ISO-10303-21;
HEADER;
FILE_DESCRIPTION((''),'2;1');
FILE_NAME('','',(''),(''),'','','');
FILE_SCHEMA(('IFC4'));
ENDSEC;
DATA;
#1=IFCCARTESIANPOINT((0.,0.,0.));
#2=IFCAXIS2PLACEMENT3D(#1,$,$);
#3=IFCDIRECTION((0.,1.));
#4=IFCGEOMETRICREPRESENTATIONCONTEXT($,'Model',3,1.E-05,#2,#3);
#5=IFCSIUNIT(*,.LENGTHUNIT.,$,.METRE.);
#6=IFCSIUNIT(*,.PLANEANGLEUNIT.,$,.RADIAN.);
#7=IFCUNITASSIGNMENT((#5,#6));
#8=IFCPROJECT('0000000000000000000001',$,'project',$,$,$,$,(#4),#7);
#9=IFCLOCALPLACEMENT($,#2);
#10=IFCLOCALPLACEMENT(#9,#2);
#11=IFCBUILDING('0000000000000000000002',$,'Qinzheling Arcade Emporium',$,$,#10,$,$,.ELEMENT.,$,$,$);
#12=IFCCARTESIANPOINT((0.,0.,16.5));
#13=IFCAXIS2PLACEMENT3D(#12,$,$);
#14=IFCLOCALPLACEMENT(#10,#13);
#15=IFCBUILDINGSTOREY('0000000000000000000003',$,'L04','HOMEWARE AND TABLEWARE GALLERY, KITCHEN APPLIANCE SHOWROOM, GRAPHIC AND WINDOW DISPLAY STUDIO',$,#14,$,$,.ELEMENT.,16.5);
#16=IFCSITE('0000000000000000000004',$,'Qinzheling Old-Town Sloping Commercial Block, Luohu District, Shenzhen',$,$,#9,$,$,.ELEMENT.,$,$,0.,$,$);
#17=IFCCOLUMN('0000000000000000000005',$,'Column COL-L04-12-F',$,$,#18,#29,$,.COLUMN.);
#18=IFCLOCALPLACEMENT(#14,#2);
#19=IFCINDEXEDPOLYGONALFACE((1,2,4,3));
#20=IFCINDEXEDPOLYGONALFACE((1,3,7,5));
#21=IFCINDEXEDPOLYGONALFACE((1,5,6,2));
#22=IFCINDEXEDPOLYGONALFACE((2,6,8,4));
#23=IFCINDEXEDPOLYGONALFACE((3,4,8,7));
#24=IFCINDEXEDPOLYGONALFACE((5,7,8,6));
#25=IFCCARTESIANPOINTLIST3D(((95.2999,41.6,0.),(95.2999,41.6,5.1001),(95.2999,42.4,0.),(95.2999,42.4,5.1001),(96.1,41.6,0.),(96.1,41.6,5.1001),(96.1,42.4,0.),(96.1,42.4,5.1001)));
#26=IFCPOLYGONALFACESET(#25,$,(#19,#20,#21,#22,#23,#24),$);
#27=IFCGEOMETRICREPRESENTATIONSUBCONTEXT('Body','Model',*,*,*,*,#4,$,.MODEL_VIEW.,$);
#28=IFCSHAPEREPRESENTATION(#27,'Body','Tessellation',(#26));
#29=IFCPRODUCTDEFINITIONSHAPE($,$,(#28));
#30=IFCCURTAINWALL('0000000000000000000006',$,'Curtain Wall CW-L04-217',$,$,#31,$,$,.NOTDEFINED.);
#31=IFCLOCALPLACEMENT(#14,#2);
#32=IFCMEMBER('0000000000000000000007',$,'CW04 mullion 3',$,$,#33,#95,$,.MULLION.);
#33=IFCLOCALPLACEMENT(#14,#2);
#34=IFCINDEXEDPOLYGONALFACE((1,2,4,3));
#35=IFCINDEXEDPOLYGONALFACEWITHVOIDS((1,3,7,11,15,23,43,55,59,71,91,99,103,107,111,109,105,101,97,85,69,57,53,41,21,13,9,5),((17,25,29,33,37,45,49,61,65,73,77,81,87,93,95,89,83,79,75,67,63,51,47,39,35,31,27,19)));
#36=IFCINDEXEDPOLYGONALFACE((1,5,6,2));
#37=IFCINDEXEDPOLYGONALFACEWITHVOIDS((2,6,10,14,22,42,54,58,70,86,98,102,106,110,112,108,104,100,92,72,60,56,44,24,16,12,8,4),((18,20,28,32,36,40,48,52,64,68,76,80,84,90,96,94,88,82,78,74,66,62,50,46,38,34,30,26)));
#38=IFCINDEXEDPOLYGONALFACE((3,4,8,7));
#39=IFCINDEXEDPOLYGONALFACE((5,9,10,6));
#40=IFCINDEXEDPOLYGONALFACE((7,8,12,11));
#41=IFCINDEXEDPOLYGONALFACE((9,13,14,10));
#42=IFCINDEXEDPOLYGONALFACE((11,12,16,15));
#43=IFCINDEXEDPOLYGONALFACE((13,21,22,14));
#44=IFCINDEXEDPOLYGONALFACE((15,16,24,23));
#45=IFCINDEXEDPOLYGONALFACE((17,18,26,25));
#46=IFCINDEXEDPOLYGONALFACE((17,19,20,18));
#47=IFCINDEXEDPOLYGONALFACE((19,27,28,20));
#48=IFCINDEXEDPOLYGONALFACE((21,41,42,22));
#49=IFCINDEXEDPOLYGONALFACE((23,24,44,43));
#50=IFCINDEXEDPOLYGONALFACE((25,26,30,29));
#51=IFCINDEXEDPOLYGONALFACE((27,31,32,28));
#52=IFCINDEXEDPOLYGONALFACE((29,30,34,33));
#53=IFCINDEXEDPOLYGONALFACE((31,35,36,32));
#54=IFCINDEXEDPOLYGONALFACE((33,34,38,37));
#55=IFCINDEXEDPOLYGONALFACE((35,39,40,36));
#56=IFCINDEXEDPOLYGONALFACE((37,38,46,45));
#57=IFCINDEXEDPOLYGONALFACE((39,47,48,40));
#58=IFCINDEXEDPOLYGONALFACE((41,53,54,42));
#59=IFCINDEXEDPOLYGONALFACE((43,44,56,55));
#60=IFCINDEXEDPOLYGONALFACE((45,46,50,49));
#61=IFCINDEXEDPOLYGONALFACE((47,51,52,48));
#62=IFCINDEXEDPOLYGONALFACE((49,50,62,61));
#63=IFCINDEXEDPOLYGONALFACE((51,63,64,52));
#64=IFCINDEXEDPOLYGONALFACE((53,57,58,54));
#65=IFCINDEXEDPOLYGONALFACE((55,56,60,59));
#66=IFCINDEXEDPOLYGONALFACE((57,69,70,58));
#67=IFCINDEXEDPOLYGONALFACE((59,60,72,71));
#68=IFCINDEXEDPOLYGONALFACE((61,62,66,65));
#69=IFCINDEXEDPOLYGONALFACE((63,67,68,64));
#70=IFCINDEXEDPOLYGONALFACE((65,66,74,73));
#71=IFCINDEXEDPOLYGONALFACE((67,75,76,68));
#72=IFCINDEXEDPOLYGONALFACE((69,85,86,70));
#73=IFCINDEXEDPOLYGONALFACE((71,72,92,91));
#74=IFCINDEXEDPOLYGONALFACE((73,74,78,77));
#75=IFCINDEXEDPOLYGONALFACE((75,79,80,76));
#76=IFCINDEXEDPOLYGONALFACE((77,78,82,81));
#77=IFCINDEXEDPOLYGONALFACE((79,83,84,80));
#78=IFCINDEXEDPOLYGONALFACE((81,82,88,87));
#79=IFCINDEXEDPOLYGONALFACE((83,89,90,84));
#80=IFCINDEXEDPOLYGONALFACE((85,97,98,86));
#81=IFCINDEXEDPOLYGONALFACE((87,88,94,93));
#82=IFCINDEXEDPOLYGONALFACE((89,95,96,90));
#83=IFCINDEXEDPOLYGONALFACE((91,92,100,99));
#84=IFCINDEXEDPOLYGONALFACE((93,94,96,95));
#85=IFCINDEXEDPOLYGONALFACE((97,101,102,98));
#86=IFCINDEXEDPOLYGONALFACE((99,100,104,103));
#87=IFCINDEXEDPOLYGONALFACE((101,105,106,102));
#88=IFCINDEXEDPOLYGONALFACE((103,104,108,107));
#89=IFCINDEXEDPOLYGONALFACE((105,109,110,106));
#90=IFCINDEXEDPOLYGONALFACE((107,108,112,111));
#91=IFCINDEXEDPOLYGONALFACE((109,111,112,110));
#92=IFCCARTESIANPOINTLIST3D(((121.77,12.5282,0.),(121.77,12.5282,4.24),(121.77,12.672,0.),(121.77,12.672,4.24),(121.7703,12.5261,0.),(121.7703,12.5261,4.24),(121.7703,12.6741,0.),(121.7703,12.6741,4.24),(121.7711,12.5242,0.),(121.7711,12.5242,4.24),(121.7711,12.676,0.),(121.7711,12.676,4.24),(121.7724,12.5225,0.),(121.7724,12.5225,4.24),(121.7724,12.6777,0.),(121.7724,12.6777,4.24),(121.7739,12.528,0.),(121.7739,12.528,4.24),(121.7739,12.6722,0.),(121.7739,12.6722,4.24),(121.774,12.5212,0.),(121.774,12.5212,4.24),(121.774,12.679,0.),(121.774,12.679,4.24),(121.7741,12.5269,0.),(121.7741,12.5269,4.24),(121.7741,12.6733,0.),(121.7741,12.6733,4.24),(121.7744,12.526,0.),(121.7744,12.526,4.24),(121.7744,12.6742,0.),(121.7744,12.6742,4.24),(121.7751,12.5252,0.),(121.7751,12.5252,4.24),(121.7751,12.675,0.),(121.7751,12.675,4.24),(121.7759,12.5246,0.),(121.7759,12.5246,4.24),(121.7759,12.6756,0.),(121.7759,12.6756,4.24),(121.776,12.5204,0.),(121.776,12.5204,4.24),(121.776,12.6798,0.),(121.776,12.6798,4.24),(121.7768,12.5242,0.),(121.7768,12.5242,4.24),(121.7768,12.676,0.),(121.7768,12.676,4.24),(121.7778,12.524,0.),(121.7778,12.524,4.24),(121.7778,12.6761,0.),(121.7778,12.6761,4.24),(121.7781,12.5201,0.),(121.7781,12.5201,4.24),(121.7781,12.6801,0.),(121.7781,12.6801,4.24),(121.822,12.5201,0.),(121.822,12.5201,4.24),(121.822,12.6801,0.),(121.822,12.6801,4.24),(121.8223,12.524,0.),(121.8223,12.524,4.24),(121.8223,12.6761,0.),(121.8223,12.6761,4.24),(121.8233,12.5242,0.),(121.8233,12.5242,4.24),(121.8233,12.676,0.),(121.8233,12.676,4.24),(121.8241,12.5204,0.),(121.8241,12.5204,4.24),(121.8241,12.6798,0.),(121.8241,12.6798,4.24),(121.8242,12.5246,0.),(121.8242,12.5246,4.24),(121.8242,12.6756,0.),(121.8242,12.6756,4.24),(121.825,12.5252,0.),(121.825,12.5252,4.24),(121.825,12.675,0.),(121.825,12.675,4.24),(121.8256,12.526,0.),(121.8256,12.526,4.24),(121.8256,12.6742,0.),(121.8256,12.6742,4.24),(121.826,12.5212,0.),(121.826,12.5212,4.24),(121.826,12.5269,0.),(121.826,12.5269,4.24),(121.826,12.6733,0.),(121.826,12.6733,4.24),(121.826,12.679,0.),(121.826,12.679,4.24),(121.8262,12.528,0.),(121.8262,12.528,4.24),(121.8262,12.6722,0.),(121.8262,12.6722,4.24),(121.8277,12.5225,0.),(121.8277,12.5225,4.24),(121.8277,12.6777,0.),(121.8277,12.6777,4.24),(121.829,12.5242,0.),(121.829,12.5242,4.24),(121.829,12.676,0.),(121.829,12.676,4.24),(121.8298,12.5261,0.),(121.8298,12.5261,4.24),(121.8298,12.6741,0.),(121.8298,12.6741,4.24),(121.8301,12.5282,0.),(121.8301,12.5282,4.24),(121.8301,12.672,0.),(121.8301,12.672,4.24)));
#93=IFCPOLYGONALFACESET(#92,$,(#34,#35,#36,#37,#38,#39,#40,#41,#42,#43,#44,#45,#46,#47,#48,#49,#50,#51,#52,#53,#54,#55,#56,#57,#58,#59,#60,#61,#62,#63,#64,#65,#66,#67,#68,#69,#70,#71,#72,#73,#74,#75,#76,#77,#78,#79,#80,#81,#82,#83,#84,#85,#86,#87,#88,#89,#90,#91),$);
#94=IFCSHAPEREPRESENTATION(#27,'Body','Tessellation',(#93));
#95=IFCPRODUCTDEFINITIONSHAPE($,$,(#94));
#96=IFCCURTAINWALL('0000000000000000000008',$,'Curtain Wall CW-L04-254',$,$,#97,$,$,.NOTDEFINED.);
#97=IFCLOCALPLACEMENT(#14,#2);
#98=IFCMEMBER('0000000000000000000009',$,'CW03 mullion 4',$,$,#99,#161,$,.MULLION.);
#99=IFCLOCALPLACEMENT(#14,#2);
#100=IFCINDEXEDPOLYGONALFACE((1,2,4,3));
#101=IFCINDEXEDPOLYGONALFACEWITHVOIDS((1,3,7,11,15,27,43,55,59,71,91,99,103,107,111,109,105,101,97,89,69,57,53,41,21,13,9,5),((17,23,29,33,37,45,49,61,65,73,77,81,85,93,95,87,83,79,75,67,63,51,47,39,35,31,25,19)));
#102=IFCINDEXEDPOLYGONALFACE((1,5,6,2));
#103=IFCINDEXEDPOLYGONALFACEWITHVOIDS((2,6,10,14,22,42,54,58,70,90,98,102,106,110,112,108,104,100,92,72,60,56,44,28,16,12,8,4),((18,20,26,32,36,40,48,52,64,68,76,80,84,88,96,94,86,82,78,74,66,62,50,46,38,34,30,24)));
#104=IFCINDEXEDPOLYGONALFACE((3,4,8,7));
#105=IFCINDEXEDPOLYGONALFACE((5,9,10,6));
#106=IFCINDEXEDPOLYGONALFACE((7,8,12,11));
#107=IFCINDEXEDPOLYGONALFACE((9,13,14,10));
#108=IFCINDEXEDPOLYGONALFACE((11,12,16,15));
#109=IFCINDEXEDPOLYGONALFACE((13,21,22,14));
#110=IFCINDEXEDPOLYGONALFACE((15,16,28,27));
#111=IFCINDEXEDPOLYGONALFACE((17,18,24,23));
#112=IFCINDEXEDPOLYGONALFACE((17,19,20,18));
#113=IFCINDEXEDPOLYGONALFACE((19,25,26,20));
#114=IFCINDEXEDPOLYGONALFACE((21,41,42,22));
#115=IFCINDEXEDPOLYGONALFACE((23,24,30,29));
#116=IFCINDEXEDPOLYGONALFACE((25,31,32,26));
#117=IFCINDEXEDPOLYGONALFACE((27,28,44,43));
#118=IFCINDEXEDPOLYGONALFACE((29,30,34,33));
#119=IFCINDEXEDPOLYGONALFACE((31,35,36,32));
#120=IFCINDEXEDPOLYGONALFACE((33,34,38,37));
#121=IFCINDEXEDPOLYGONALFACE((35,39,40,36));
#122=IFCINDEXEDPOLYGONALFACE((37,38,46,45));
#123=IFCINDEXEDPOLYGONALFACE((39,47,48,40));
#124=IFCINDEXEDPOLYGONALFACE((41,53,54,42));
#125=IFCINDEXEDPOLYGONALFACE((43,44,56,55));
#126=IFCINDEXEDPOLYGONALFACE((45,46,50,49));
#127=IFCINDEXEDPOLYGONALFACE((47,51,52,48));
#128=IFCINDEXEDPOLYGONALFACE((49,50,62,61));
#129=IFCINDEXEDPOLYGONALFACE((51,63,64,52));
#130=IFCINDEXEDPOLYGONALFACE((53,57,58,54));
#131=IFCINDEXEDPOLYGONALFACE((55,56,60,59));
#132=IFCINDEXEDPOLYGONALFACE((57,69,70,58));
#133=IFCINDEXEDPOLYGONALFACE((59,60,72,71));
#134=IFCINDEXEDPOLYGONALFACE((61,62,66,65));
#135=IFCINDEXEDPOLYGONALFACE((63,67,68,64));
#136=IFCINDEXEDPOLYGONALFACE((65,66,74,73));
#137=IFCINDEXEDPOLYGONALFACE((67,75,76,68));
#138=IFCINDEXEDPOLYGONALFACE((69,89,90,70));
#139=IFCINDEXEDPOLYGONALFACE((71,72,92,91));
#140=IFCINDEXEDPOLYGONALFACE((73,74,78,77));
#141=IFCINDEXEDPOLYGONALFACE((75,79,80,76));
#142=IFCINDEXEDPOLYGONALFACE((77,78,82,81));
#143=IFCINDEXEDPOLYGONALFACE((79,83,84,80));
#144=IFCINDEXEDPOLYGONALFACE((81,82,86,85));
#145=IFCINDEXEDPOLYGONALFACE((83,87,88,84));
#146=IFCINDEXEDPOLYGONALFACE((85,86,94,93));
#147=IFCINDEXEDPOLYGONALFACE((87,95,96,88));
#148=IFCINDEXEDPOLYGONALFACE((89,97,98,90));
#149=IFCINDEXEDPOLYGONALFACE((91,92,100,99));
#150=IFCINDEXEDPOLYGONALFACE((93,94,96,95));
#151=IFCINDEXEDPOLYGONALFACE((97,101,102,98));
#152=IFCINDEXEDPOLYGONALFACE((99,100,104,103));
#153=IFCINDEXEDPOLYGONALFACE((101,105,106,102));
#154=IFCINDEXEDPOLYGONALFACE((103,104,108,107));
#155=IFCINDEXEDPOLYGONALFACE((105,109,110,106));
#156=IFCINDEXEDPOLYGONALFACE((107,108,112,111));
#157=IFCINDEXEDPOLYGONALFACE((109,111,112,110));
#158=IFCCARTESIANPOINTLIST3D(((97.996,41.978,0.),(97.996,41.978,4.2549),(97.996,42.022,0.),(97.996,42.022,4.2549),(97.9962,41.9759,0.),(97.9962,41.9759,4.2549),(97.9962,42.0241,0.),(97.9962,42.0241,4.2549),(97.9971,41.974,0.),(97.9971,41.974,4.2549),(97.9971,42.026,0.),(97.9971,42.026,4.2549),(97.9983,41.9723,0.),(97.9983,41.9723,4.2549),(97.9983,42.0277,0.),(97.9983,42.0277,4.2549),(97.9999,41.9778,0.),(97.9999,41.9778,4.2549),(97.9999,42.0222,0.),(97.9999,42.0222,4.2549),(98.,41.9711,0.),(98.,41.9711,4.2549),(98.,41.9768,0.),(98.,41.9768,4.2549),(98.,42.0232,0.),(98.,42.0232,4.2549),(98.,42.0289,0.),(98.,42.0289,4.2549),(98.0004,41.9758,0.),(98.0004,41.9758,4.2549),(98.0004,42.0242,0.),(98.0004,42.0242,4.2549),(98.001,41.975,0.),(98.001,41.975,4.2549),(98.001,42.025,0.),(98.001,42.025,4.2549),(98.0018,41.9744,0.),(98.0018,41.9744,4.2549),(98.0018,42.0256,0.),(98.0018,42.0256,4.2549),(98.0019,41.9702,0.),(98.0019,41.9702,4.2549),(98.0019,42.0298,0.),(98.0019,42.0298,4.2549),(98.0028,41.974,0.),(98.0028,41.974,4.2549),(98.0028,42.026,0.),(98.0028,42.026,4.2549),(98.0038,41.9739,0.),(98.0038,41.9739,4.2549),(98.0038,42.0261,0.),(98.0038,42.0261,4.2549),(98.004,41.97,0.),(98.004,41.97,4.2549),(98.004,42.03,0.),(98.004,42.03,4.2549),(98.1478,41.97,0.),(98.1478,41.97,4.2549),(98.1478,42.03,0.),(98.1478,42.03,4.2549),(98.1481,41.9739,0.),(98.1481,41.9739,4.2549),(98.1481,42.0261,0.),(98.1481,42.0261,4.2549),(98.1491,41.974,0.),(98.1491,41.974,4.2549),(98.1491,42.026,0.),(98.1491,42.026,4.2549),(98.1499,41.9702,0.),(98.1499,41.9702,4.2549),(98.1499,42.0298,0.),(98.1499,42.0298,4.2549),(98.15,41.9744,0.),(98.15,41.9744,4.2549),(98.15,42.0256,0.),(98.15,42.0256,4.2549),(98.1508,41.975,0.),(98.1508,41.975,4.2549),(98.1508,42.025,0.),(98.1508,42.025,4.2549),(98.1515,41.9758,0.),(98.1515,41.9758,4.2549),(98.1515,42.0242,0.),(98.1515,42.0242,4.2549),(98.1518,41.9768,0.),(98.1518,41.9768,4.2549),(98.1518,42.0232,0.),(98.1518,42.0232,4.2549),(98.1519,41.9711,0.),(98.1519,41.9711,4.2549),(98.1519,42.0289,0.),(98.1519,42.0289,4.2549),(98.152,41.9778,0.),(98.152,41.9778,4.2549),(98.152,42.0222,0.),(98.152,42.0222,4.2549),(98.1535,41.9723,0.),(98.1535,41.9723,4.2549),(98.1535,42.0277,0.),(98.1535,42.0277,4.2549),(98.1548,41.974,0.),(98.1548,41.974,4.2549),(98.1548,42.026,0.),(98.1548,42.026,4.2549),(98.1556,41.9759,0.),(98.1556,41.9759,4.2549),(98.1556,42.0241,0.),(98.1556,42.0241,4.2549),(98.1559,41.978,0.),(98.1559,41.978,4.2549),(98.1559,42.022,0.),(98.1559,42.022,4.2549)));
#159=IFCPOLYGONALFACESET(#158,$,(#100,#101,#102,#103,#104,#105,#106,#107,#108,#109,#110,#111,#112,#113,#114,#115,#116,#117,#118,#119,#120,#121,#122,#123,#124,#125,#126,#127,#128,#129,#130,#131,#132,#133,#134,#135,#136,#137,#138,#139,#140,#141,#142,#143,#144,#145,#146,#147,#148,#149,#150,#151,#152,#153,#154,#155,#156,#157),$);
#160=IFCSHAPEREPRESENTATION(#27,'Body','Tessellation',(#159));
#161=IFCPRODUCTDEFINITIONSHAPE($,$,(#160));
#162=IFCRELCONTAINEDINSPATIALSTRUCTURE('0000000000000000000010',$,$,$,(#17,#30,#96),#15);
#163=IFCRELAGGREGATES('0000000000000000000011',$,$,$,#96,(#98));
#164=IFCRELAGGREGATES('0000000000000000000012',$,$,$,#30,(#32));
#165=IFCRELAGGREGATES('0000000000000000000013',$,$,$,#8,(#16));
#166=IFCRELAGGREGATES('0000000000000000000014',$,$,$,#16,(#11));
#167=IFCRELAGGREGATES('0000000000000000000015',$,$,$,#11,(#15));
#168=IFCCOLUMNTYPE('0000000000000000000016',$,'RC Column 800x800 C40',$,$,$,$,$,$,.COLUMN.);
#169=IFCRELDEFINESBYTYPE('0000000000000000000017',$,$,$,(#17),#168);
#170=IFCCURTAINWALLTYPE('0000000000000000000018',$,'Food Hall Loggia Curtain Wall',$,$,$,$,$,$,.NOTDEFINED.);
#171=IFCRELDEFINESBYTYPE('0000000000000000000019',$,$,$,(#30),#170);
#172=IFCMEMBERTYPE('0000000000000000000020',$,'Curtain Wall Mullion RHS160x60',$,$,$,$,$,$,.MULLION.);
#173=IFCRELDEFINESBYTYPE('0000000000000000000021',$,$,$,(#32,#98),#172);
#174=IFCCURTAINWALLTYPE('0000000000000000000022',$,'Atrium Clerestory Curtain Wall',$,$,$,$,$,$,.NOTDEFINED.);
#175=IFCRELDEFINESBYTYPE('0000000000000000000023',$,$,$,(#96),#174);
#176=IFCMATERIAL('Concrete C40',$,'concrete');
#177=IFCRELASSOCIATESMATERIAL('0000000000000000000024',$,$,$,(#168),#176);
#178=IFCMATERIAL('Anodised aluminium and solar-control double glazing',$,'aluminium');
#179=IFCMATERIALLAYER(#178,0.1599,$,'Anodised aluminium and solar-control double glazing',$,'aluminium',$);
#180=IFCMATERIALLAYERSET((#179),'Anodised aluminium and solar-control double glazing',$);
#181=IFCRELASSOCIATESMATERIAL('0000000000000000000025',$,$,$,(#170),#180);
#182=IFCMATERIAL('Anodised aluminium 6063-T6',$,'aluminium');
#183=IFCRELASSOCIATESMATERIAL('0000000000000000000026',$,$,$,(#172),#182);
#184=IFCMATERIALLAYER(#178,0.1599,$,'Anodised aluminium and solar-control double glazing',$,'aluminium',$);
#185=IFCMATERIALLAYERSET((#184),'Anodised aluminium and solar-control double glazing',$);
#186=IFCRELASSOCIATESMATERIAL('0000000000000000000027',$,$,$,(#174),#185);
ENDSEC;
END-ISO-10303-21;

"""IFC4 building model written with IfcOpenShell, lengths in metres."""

from ifc_helpers import new_model, si_unit, direction, frame, origin, origin_2d, place, context, subcontext, project, spatial, rectangle, hollow_rectangle, extrude, material, layer, layer_set, material_profile, profile_set, type_object, element, aggregate, save


model = new_model("IFC4")

# Units and contexts
model_context = context("Model", 3, precision=1e-05, world=origin(), true_north=direction((0.0, 1.0)))
body_context = subcontext(model_context, "Body", "Model", "MODEL_VIEW")
ifc_project = project(units=[si_unit("LENGTHUNIT", "METRE"), si_unit("PLANEANGLEUNIT", "RADIAN")], contexts=[model_context])

# Site, building, storey
site_placement = place(None, origin())
site = spatial("IfcSite", under=ifc_project, at=site_placement, Name="Qinzheling Old-Town Sloping Commercial Block, Luohu District, Shenzhen", CompositionType="ELEMENT", RefElevation=0.0)
building_placement = place(site_placement, origin())
building = spatial("IfcBuilding", under=site, at=building_placement, Name="Qinzheling Arcade Emporium", CompositionType="ELEMENT")
storey_placement = place(building_placement, frame((0.0, 0.0, 16.5)))
storey = spatial("IfcBuildingStorey", under=building, at=storey_placement, Name="L04", Description="HOMEWARE AND TABLEWARE GALLERY, KITCHEN APPLIANCE SHOWROOM, GRAPHIC AND WINDOW DISPLAY STUDIO", CompositionType="ELEMENT", Elevation=16.5)

# Column
ifc_material_1 = material(Name="Concrete C40", Category="concrete")
ifc_material_profile_1 = material_profile(ifc_material_1, rectangle(XDim=0.8, YDim=0.8, at=origin_2d()), Name="RC 800x800", Category="concrete")
ifc_profile_set_1 = profile_set([ifc_material_profile_1], Name="Concrete C40")
column_type = type_object("IfcColumnType", Name="RC Column 800x800 C40", PredefinedType="COLUMN", material=ifc_profile_set_1)
column_placement = place(storey_placement, frame((95.7, 42.0, 0.0), z_axis=(0.0, 0.0, 1.0), x_axis=(1.0, 0.0, 0.0)))
element("IfcColumn", 1, at=column_placement, inside=storey, type_object=column_type, Name="Column COL-L04-12-F", PredefinedType="COLUMN", context=body_context, shape_type="SweptSolid", body=[
    extrude(rectangle(XDim=0.8, YDim=0.8, at=origin_2d()), origin(), (0.0, 0.0, 1.0), 5.1001),
])

# Curtain wall, member
ifc_material_2 = material(Name="Anodised aluminium and solar-control double glazing", Category="aluminium")
ifc_layer_1 = layer(ifc_material_2, 0.1599, Name="Anodised aluminium and solar-control double glazing", Category="aluminium")
ifc_layer_set_1 = layer_set([ifc_layer_1], Name="Anodised aluminium and solar-control double glazing")
curtain_wall_type_1 = type_object("IfcCurtainWallType", Name="Food Hall Loggia Curtain Wall", PredefinedType="NOTDEFINED", material=ifc_layer_set_1)
curtain_wall_1_placement = place(storey_placement, origin())
curtain_wall_1 = element("IfcCurtainWall", 2, at=curtain_wall_1_placement, inside=storey, type_object=curtain_wall_type_1, Name="Curtain Wall CW-L04-217", PredefinedType="NOTDEFINED")
ifc_material_3 = material(Name="Anodised aluminium 6063-T6", Category="aluminium")
ifc_material_profile_2 = material_profile(ifc_material_3, hollow_rectangle(XDim=0.0601, YDim=0.1599, WallThickness=0.0039, InnerFilletRadius=0.0039, OuterFilletRadius=0.0081, at=origin_2d()), Name="RHS 160x60x4", Category="aluminium")
ifc_profile_set_2 = profile_set([ifc_material_profile_2], Name="Anodised aluminium 6063-T6")
member_type_1 = type_object("IfcMemberType", Name="Curtain Wall Mullion RHS160x60", PredefinedType="MULLION", material=ifc_profile_set_2)
member_1_placement = place(storey_placement, frame((121.8, 12.6001, 0.0), z_axis=(0.0, 0.0, 1.0), x_axis=(-1.0, 0.0, 0.0)))
member_1 = element("IfcMember", 3, at=member_1_placement, type_object=member_type_1, Name="CW04 mullion 3", PredefinedType="MULLION", context=body_context, shape_type="SweptSolid", body=[
    extrude(hollow_rectangle(XDim=0.0601, YDim=0.1599, WallThickness=0.0039, InnerFilletRadius=0.0039, OuterFilletRadius=0.0081, at=origin_2d()), origin(), (0.0, 0.0, 1.0), 4.24),
])

# Curtain wall, member
ifc_layer_2 = layer(ifc_material_2, 0.1599, Name="Anodised aluminium and solar-control double glazing", Category="aluminium")
ifc_layer_set_2 = layer_set([ifc_layer_2], Name="Anodised aluminium and solar-control double glazing")
curtain_wall_type_2 = type_object("IfcCurtainWallType", Name="Atrium Clerestory Curtain Wall", PredefinedType="NOTDEFINED", material=ifc_layer_set_2)
curtain_wall_2_placement = place(storey_placement, origin())
curtain_wall_2 = element("IfcCurtainWall", 4, at=curtain_wall_2_placement, inside=storey, type_object=curtain_wall_type_2, Name="Curtain Wall CW-L04-254", PredefinedType="NOTDEFINED")
member_2_placement = place(storey_placement, frame((98.0759, 42.0, 0.0), z_axis=(0.0, 0.0, 1.0), x_axis=(0.0, -1.0, 0.0)))
member_2 = element("IfcMember", 5, at=member_2_placement, type_object=member_type_1, Name="CW03 mullion 4", PredefinedType="MULLION", context=body_context, shape_type="SweptSolid", body=[
    extrude(hollow_rectangle(XDim=0.0601, YDim=0.1599, WallThickness=0.0039, InnerFilletRadius=0.0039, OuterFilletRadius=0.0081, at=origin_2d()), origin(), (0.0, 0.0, 1.0), 4.2549),
])

aggregate(curtain_wall_2, [member_2])
aggregate(curtain_wall_1, [member_1])

save(model, "model.ifc")
